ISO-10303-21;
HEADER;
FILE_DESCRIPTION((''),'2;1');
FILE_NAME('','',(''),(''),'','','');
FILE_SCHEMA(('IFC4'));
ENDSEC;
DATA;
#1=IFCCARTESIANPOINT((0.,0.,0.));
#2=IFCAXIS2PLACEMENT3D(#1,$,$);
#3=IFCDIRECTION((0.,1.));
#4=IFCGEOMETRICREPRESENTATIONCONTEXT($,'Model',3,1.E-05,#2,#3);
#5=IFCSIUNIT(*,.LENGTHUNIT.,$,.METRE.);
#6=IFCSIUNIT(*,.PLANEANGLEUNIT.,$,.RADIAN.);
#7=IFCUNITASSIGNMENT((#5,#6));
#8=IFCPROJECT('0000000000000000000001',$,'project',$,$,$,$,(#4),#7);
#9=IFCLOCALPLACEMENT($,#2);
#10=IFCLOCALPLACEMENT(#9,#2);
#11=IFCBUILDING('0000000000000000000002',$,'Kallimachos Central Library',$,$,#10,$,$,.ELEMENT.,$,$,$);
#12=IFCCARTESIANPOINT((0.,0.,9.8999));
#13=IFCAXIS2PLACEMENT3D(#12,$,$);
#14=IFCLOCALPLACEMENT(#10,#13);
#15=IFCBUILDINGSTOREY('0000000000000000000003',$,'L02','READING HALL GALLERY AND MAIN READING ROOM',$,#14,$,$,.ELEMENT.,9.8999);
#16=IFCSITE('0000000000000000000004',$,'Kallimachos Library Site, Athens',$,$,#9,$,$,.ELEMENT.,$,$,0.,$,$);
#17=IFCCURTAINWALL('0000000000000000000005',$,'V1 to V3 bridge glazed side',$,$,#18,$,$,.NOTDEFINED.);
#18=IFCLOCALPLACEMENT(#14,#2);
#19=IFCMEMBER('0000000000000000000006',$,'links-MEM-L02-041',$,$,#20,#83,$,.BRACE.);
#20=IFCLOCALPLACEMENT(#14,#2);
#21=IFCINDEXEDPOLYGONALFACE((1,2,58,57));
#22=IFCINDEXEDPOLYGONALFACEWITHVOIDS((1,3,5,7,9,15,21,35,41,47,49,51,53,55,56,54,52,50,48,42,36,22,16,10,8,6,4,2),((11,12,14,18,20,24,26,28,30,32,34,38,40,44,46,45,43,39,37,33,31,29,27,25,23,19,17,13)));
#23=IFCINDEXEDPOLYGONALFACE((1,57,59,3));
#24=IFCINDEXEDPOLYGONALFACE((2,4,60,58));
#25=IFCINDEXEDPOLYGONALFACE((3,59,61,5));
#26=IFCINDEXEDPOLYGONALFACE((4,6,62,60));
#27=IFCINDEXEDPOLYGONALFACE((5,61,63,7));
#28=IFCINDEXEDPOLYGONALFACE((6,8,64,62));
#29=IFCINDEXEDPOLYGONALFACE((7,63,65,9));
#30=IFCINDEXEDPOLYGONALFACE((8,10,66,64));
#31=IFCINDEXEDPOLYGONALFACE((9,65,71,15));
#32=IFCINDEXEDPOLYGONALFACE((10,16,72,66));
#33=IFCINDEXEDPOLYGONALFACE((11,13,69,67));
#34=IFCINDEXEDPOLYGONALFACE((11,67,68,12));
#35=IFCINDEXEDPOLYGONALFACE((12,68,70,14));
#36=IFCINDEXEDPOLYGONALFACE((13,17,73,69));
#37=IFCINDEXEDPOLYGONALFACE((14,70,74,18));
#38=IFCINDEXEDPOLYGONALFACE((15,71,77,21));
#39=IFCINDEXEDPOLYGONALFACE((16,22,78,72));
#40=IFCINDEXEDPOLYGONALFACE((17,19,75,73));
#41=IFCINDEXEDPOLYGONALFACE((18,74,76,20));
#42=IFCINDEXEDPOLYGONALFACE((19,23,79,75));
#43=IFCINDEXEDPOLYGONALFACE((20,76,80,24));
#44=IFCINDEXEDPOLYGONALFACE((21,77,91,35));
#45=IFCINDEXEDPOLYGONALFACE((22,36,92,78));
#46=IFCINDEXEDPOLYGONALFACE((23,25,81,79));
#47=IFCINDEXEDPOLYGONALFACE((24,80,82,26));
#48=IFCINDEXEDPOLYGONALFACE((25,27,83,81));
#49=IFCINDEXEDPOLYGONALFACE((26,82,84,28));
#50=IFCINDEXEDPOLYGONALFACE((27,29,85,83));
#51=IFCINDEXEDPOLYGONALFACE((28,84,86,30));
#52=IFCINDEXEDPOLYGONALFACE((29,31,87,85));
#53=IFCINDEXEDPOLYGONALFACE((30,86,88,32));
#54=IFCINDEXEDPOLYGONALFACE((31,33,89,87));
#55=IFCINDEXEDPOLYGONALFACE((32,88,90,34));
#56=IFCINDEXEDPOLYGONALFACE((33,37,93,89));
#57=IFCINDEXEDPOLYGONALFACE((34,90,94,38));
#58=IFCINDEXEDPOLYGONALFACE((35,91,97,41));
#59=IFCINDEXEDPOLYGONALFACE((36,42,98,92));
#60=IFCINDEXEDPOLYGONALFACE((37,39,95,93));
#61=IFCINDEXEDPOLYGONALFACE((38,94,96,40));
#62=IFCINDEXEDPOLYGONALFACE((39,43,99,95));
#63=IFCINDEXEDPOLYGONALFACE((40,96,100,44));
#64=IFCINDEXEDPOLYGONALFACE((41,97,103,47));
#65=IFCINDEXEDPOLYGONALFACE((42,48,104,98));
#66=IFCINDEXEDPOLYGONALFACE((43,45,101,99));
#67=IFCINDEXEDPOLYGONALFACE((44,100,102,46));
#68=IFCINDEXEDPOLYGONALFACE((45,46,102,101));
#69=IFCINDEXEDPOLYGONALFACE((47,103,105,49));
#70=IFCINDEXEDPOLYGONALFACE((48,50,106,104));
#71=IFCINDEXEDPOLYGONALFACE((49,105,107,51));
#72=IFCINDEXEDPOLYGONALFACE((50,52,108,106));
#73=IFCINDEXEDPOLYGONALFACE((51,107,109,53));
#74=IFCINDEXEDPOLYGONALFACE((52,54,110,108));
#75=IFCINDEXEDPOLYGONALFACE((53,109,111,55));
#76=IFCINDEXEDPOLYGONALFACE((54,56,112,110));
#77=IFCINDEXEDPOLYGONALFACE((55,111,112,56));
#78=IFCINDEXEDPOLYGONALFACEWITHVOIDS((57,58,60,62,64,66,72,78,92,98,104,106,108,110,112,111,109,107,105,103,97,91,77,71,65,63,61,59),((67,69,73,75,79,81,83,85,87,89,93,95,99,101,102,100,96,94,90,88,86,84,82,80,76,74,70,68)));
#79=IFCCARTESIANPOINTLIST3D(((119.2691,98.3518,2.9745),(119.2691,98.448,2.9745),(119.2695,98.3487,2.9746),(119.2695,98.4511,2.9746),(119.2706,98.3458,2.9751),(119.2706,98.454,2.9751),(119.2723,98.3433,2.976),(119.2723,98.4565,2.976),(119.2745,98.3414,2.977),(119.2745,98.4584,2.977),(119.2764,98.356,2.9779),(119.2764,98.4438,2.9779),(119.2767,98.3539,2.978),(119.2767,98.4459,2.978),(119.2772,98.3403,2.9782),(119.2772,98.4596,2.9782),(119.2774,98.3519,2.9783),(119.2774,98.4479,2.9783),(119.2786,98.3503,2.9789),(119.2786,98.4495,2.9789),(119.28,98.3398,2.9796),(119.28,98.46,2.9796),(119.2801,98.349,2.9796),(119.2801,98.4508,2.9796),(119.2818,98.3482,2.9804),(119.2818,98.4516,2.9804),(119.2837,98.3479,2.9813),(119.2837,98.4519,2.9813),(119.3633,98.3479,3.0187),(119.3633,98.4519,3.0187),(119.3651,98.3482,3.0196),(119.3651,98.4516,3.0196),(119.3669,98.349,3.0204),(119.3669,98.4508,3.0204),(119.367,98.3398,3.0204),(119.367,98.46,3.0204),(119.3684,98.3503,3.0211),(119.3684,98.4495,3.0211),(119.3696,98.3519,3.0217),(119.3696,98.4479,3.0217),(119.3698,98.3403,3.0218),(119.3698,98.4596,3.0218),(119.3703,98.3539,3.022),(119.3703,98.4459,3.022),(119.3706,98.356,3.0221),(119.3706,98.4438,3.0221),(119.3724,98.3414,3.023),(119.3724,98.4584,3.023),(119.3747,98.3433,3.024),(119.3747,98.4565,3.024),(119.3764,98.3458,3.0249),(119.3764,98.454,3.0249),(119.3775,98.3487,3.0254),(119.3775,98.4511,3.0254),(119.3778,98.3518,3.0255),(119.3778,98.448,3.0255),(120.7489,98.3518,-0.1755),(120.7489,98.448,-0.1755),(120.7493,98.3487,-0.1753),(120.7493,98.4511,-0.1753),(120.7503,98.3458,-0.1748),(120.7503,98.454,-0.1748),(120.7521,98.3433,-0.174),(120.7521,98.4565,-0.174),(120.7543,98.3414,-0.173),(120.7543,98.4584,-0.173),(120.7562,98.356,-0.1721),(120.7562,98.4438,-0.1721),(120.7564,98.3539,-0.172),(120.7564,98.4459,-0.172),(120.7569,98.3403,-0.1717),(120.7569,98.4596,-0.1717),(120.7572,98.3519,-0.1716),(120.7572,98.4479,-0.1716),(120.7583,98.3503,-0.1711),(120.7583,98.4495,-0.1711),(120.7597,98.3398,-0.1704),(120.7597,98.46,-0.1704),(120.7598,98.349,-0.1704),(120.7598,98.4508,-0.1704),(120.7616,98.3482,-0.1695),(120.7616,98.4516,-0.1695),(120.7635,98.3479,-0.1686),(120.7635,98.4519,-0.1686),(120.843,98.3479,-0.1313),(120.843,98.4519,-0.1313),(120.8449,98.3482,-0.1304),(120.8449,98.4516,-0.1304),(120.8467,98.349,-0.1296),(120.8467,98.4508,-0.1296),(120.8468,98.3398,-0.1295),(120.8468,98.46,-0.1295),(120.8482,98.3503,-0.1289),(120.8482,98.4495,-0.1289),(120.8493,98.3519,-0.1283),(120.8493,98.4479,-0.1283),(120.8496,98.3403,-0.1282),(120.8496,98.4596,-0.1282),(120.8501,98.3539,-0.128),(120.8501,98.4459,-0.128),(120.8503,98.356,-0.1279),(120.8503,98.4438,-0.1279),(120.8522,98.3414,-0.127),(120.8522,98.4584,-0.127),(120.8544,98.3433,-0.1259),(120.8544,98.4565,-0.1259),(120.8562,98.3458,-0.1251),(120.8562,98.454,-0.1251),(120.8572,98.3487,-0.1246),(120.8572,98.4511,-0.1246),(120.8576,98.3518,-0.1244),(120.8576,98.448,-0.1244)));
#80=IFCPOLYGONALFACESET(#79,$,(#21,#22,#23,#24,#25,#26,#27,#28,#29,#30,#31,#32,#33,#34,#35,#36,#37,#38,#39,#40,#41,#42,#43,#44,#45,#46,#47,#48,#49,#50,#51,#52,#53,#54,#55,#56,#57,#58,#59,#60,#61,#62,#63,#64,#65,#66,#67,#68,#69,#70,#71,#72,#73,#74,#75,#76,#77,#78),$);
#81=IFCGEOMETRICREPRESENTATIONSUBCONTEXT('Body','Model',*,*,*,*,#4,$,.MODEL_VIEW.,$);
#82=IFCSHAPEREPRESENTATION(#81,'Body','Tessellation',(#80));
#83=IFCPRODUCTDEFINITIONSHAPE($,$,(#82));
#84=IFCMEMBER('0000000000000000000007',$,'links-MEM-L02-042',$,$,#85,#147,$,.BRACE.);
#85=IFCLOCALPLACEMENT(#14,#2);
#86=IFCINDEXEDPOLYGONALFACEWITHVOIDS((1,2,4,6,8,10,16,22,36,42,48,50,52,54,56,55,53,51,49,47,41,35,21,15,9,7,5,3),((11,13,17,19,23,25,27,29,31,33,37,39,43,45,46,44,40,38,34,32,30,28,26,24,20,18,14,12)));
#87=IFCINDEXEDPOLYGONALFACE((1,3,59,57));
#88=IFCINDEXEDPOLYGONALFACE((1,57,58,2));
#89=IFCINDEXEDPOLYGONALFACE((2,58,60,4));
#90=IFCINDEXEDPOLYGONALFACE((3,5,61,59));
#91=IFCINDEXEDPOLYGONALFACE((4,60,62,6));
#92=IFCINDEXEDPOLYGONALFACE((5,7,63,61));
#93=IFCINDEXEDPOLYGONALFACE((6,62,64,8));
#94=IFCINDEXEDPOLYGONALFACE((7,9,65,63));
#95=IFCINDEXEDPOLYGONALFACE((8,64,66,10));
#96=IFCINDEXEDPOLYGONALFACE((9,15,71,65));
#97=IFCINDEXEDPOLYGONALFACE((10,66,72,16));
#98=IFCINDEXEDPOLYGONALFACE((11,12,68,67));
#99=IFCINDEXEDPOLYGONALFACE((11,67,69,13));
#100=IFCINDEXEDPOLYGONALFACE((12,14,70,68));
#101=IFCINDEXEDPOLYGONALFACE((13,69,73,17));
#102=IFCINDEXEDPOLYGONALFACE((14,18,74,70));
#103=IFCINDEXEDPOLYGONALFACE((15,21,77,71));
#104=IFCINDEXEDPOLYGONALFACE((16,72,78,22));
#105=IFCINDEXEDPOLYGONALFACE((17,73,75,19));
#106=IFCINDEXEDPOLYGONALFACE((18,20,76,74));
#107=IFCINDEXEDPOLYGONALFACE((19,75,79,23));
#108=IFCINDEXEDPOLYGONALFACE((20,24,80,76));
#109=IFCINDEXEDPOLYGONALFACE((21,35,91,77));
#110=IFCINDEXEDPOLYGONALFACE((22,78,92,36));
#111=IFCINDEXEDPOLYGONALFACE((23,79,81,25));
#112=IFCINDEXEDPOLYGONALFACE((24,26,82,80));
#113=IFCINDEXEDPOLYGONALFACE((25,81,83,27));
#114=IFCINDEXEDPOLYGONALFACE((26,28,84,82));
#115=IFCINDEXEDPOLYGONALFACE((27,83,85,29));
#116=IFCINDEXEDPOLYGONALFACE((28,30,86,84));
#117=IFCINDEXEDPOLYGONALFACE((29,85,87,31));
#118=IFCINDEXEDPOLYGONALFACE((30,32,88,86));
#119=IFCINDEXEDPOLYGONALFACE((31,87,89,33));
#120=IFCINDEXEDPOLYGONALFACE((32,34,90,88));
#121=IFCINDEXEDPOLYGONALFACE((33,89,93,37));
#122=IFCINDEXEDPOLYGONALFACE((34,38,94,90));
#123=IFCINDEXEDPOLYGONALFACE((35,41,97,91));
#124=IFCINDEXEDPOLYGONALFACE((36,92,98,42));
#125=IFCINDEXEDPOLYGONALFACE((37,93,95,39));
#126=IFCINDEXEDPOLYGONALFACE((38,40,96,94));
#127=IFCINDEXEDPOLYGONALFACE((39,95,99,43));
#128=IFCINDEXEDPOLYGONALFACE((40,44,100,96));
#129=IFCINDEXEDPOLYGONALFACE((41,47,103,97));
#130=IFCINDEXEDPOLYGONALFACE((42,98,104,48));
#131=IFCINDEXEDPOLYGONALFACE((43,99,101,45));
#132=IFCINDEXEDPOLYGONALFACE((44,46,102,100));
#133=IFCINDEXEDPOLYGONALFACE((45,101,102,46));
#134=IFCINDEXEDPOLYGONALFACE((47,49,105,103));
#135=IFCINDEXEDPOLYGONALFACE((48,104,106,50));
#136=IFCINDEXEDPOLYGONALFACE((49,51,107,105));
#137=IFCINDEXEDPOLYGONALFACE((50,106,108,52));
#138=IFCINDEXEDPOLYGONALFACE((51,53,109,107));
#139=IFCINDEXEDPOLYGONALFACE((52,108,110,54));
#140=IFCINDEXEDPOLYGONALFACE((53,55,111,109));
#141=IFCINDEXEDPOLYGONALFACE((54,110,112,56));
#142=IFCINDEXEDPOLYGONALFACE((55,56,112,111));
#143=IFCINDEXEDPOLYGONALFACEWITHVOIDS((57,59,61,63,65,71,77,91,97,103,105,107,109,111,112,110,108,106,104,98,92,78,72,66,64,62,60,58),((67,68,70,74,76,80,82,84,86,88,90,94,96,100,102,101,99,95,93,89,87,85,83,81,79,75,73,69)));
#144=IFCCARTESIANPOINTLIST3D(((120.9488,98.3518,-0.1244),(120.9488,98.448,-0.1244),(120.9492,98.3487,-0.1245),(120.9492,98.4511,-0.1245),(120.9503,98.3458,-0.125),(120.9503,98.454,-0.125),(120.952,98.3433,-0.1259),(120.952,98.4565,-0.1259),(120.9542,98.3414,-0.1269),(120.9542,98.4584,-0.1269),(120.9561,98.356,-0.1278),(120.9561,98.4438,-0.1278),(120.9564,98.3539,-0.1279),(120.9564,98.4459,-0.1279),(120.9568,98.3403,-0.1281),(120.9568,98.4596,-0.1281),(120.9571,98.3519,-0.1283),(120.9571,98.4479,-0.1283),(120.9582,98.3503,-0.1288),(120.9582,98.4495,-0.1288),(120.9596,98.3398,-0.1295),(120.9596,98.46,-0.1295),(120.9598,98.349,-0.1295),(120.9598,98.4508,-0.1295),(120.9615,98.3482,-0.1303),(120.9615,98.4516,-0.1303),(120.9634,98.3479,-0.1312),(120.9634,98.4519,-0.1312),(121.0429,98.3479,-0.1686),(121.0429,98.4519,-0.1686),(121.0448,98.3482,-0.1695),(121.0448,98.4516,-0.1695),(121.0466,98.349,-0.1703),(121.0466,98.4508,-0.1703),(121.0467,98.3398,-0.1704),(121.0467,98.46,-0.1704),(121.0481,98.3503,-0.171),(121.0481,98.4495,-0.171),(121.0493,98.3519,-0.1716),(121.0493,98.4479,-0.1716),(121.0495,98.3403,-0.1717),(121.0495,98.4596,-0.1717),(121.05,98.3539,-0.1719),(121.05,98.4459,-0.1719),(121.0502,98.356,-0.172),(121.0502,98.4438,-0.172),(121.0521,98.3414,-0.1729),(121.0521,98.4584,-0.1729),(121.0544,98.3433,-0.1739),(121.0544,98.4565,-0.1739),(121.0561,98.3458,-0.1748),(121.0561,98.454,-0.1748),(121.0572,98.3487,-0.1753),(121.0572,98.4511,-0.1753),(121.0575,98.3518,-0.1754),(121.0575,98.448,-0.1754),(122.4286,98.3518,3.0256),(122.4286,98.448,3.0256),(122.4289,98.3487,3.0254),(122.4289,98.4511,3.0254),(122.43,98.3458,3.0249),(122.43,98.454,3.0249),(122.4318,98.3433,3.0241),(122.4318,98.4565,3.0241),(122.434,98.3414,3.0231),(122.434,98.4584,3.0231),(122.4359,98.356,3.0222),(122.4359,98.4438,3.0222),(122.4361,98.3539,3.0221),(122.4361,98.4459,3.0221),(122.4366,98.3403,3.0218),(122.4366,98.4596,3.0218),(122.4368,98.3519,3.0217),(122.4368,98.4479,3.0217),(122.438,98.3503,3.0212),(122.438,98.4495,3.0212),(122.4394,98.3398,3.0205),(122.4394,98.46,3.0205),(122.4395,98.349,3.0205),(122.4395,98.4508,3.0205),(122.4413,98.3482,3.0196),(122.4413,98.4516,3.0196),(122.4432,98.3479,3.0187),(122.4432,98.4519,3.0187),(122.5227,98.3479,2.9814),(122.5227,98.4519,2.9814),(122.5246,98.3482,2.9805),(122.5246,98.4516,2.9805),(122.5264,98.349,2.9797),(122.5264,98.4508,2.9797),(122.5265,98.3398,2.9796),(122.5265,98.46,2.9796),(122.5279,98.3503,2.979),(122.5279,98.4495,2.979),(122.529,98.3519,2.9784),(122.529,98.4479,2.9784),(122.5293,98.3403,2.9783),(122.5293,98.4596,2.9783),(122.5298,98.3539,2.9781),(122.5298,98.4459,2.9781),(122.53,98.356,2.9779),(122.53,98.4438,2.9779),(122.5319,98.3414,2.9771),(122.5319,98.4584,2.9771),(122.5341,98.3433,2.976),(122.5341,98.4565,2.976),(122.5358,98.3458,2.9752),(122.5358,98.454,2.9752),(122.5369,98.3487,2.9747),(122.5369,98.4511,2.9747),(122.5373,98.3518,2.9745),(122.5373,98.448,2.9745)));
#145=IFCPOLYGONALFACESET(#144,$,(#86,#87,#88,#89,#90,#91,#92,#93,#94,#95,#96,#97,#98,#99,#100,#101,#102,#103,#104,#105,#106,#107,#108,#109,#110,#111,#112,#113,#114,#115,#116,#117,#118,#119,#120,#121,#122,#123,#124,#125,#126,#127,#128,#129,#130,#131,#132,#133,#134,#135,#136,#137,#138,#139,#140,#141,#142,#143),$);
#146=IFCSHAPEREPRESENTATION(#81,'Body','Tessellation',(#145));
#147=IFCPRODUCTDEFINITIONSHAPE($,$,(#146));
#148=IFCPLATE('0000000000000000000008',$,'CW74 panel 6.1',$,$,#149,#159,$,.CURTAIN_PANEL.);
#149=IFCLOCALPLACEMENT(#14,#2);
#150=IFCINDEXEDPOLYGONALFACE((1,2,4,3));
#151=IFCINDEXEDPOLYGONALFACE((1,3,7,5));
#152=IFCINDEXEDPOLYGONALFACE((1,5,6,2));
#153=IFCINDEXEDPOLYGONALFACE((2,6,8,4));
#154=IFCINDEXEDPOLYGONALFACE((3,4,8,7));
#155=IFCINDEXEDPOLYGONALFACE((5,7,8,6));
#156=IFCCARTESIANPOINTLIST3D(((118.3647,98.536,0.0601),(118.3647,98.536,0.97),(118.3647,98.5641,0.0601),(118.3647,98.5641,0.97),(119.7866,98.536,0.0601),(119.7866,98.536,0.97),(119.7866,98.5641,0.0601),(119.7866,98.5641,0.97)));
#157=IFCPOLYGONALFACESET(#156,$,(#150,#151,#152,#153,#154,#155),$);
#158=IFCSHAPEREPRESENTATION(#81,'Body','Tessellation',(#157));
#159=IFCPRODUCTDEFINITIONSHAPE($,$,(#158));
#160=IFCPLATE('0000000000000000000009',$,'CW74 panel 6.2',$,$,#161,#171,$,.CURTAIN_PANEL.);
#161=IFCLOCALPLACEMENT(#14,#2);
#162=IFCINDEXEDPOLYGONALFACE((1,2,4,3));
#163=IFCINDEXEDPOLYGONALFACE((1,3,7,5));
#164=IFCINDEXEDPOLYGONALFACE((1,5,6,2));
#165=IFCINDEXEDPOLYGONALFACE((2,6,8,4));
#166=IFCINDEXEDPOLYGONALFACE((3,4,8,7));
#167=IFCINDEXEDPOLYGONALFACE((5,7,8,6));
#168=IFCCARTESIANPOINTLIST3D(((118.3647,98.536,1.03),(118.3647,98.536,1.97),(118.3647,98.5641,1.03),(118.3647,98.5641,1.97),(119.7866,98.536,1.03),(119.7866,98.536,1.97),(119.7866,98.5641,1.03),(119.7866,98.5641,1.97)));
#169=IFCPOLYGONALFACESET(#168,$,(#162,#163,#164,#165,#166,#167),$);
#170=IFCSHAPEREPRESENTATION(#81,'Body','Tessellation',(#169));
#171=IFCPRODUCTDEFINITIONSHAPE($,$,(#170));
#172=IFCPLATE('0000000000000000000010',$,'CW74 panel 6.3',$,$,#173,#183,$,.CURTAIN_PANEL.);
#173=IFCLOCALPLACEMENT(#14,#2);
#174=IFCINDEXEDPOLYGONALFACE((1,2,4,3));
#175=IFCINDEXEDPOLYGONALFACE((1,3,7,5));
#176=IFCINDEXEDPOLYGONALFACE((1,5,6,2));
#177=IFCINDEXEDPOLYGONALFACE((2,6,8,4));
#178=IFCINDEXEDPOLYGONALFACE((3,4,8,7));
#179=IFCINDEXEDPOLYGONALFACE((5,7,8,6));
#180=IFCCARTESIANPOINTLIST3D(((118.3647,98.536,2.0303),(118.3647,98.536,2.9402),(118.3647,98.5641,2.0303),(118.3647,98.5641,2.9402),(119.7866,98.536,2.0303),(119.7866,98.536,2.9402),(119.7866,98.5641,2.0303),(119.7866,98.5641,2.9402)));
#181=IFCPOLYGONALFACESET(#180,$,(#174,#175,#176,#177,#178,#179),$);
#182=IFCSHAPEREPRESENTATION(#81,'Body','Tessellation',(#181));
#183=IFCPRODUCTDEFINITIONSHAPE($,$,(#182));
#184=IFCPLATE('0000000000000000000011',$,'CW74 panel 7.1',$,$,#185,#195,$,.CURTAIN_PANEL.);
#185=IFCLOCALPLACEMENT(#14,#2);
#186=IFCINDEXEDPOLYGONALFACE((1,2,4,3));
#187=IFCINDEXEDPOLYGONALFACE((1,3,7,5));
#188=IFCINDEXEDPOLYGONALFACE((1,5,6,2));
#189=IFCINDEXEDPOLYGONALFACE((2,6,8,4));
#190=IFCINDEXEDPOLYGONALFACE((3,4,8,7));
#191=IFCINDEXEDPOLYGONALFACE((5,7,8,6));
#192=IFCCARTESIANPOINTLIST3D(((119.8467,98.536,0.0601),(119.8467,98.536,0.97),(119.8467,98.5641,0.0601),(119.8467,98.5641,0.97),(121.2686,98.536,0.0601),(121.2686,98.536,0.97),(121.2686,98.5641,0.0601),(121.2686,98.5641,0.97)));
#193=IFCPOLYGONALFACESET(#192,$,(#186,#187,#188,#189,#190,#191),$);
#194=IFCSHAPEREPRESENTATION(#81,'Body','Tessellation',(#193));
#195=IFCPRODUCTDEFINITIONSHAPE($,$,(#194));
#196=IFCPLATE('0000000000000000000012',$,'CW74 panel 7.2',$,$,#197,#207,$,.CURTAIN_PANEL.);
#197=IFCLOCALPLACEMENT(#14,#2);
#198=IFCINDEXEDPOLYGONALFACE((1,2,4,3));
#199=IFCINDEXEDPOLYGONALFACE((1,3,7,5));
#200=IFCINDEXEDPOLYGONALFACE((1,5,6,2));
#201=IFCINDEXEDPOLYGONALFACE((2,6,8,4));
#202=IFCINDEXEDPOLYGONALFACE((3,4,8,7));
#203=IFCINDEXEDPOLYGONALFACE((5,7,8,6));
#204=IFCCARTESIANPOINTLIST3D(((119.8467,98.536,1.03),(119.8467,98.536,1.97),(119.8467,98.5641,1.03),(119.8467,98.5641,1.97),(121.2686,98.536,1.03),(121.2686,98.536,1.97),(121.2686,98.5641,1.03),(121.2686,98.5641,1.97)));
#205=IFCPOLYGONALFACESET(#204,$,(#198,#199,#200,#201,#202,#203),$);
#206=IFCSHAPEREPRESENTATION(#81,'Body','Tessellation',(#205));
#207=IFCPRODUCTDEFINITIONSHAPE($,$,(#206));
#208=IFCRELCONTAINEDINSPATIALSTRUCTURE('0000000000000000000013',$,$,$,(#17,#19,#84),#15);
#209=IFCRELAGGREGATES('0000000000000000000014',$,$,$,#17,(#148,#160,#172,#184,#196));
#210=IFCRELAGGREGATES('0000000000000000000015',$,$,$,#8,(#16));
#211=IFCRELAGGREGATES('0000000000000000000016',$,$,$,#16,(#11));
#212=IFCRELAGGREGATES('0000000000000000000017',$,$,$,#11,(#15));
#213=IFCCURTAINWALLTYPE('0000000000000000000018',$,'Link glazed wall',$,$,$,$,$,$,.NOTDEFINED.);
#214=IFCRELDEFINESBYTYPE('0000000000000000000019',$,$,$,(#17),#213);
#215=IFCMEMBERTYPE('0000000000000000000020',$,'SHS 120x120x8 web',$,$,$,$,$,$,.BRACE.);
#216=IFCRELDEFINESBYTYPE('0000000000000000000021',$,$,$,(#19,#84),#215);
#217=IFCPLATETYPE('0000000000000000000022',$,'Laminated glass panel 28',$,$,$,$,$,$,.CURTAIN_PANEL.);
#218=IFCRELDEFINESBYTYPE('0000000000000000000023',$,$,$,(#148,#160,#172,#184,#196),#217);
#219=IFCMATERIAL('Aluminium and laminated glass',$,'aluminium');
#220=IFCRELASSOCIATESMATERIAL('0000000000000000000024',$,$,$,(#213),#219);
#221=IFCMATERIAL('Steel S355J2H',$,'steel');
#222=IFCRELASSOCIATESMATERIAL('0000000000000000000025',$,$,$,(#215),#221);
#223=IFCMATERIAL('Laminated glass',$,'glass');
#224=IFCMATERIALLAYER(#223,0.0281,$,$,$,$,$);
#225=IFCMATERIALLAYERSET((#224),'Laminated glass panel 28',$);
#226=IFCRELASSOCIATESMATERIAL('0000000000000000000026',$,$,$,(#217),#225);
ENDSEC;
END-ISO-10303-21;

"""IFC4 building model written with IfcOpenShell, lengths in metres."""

from ifc_helpers import new_model, si_unit, direction, frame, origin, origin_2d, place, context, subcontext, project, spatial, rectangle, hollow_rectangle, extrude, material, layer, layer_set, material_profile, profile_set, type_object, element, aggregate, save


model = new_model("IFC4")

# Units and contexts
model_context = context("Model", 3, precision=1e-05, world=origin(), true_north=direction((0.0, 1.0)))
body_context = subcontext(model_context, "Body", "Model", "MODEL_VIEW")
ifc_project = project(units=[si_unit("LENGTHUNIT", "METRE"), si_unit("PLANEANGLEUNIT", "RADIAN")], contexts=[model_context])

# Site, building, storey
site_placement = place(None, origin())
site = spatial("IfcSite", under=ifc_project, at=site_placement, Name="Kallimachos Library Site, Athens", CompositionType="ELEMENT", RefElevation=0.0)
building_placement = place(site_placement, origin())
building = spatial("IfcBuilding", under=site, at=building_placement, Name="Kallimachos Central Library", CompositionType="ELEMENT")
storey_placement = place(building_placement, frame((0.0, 0.0, 9.8999)))
storey = spatial("IfcBuildingStorey", under=building, at=storey_placement, Name="L02", Description="READING HALL GALLERY AND MAIN READING ROOM", CompositionType="ELEMENT", Elevation=9.8999)

# Curtain wall
ifc_material_1 = material(Name="Aluminium and laminated glass", Category="aluminium")
curtain_wall_type = type_object("IfcCurtainWallType", Name="Link glazed wall", PredefinedType="NOTDEFINED", material=ifc_material_1)
curtain_wall_placement = place(storey_placement, origin())
curtain_wall = element("IfcCurtainWall", 1, at=curtain_wall_placement, inside=storey, type_object=curtain_wall_type, Name="V1 to V3 bridge glazed side", PredefinedType="NOTDEFINED")

# Members
ifc_material_2 = material(Name="Steel S355J2H", Category="steel")
ifc_material_profile_1 = material_profile(ifc_material_2, hollow_rectangle(XDim=0.1201, YDim=0.1201, WallThickness=0.0081, InnerFilletRadius=0.0081, OuterFilletRadius=0.012, at=origin_2d()), Name="SHS 120x120x8")
ifc_profile_set_1 = profile_set([ifc_material_profile_1], Name="Steel S355J2H")
member_type_1 = type_object("IfcMemberType", Name="SHS 120x120x8 web", PredefinedType="BRACE", material=ifc_profile_set_1)
for number, where, z_axis, x_axis, name in (
    (2, (119.3235, 98.3999, 3.0), (0.425192, 0.0, -0.905103), (0.0, 1.0, 0.0), "links-MEM-L02-041"),
    (3, (121.0032, 98.3999, -0.1499), (0.425192, 0.0, 0.905103), (0.0, 1.0, 0.0), "links-MEM-L02-042"),
):
    element("IfcMember", number, at=place(storey_placement, frame(where, z_axis=z_axis, x_axis=x_axis)), inside=storey, type_object=member_type_1, Name=name, PredefinedType="BRACE", context=body_context, shape_type="SweptSolid", body=[
        extrude(hollow_rectangle(XDim=0.1201, YDim=0.1201, WallThickness=0.0081, InnerFilletRadius=0.0081, OuterFilletRadius=0.012, at=origin_2d()), origin(), (0.0, 0.0, 1.0), 3.4802),
    ])

# Plates
ifc_material_3 = material(Name="Laminated glass", Category="glass")
ifc_layer = layer(ifc_material_3, 0.0281)
ifc_layer_set = layer_set([ifc_layer], Name="Laminated glass panel 28")
plate_type = type_object("IfcPlateType", Name="Laminated glass panel 28", PredefinedType="CURTAIN_PANEL", material=ifc_layer_set)
plate_1_placement = place(storey_placement, frame((119.0757, 98.55, 0.0601), z_axis=(0.0, 0.0, 1.0), x_axis=(1.0, 0.0, 0.0)))
plate_1 = element("IfcPlate", 4, at=plate_1_placement, type_object=plate_type, Name="CW74 panel 6.1", PredefinedType="CURTAIN_PANEL", context=body_context, shape_type="SweptSolid", body=[
    extrude(rectangle(XDim=1.4219, YDim=0.0281, at=origin_2d()), origin(), (0.0, 0.0, 1.0), 0.9099),
])
plate_2_placement = place(storey_placement, frame((119.0757, 98.55, 1.03), z_axis=(0.0, 0.0, 1.0), x_axis=(1.0, 0.0, 0.0)))
plate_2 = element("IfcPlate", 5, at=plate_2_placement, type_object=plate_type, Name="CW74 panel 6.2", PredefinedType="CURTAIN_PANEL", context=body_context, shape_type="SweptSolid", body=[
    extrude(rectangle(XDim=1.4219, YDim=0.0281, at=origin_2d()), origin(), (0.0, 0.0, 1.0), 0.9399),
])
plate_3_placement = place(storey_placement, frame((119.0757, 98.55, 2.0303), z_axis=(0.0, 0.0, 1.0), x_axis=(1.0, 0.0, 0.0)))
plate_3 = element("IfcPlate", 6, at=plate_3_placement, type_object=plate_type, Name="CW74 panel 6.3", PredefinedType="CURTAIN_PANEL", context=body_context, shape_type="SweptSolid", body=[
    extrude(rectangle(XDim=1.4219, YDim=0.0281, at=origin_2d()), origin(), (0.0, 0.0, 1.0), 0.9099),
])
plate_4_placement = place(storey_placement, frame((120.5576, 98.55, 0.0601), z_axis=(0.0, 0.0, 1.0), x_axis=(1.0, 0.0, 0.0)))
plate_4 = element("IfcPlate", 7, at=plate_4_placement, type_object=plate_type, Name="CW74 panel 7.1", PredefinedType="CURTAIN_PANEL", context=body_context, shape_type="SweptSolid", body=[
    extrude(rectangle(XDim=1.4219, YDim=0.0281, at=origin_2d()), origin(), (0.0, 0.0, 1.0), 0.9099),
])
plate_5_placement = place(storey_placement, frame((120.5576, 98.55, 1.03), z_axis=(0.0, 0.0, 1.0), x_axis=(1.0, 0.0, 0.0)))
plate_5 = element("IfcPlate", 8, at=plate_5_placement, type_object=plate_type, Name="CW74 panel 7.2", PredefinedType="CURTAIN_PANEL", context=body_context, shape_type="SweptSolid", body=[
    extrude(rectangle(XDim=1.4219, YDim=0.0281, at=origin_2d()), origin(), (0.0, 0.0, 1.0), 0.9399),
])
aggregate(curtain_wall, [plate_1, plate_2, plate_3, plate_4, plate_5])

save(model, "model.ifc")
